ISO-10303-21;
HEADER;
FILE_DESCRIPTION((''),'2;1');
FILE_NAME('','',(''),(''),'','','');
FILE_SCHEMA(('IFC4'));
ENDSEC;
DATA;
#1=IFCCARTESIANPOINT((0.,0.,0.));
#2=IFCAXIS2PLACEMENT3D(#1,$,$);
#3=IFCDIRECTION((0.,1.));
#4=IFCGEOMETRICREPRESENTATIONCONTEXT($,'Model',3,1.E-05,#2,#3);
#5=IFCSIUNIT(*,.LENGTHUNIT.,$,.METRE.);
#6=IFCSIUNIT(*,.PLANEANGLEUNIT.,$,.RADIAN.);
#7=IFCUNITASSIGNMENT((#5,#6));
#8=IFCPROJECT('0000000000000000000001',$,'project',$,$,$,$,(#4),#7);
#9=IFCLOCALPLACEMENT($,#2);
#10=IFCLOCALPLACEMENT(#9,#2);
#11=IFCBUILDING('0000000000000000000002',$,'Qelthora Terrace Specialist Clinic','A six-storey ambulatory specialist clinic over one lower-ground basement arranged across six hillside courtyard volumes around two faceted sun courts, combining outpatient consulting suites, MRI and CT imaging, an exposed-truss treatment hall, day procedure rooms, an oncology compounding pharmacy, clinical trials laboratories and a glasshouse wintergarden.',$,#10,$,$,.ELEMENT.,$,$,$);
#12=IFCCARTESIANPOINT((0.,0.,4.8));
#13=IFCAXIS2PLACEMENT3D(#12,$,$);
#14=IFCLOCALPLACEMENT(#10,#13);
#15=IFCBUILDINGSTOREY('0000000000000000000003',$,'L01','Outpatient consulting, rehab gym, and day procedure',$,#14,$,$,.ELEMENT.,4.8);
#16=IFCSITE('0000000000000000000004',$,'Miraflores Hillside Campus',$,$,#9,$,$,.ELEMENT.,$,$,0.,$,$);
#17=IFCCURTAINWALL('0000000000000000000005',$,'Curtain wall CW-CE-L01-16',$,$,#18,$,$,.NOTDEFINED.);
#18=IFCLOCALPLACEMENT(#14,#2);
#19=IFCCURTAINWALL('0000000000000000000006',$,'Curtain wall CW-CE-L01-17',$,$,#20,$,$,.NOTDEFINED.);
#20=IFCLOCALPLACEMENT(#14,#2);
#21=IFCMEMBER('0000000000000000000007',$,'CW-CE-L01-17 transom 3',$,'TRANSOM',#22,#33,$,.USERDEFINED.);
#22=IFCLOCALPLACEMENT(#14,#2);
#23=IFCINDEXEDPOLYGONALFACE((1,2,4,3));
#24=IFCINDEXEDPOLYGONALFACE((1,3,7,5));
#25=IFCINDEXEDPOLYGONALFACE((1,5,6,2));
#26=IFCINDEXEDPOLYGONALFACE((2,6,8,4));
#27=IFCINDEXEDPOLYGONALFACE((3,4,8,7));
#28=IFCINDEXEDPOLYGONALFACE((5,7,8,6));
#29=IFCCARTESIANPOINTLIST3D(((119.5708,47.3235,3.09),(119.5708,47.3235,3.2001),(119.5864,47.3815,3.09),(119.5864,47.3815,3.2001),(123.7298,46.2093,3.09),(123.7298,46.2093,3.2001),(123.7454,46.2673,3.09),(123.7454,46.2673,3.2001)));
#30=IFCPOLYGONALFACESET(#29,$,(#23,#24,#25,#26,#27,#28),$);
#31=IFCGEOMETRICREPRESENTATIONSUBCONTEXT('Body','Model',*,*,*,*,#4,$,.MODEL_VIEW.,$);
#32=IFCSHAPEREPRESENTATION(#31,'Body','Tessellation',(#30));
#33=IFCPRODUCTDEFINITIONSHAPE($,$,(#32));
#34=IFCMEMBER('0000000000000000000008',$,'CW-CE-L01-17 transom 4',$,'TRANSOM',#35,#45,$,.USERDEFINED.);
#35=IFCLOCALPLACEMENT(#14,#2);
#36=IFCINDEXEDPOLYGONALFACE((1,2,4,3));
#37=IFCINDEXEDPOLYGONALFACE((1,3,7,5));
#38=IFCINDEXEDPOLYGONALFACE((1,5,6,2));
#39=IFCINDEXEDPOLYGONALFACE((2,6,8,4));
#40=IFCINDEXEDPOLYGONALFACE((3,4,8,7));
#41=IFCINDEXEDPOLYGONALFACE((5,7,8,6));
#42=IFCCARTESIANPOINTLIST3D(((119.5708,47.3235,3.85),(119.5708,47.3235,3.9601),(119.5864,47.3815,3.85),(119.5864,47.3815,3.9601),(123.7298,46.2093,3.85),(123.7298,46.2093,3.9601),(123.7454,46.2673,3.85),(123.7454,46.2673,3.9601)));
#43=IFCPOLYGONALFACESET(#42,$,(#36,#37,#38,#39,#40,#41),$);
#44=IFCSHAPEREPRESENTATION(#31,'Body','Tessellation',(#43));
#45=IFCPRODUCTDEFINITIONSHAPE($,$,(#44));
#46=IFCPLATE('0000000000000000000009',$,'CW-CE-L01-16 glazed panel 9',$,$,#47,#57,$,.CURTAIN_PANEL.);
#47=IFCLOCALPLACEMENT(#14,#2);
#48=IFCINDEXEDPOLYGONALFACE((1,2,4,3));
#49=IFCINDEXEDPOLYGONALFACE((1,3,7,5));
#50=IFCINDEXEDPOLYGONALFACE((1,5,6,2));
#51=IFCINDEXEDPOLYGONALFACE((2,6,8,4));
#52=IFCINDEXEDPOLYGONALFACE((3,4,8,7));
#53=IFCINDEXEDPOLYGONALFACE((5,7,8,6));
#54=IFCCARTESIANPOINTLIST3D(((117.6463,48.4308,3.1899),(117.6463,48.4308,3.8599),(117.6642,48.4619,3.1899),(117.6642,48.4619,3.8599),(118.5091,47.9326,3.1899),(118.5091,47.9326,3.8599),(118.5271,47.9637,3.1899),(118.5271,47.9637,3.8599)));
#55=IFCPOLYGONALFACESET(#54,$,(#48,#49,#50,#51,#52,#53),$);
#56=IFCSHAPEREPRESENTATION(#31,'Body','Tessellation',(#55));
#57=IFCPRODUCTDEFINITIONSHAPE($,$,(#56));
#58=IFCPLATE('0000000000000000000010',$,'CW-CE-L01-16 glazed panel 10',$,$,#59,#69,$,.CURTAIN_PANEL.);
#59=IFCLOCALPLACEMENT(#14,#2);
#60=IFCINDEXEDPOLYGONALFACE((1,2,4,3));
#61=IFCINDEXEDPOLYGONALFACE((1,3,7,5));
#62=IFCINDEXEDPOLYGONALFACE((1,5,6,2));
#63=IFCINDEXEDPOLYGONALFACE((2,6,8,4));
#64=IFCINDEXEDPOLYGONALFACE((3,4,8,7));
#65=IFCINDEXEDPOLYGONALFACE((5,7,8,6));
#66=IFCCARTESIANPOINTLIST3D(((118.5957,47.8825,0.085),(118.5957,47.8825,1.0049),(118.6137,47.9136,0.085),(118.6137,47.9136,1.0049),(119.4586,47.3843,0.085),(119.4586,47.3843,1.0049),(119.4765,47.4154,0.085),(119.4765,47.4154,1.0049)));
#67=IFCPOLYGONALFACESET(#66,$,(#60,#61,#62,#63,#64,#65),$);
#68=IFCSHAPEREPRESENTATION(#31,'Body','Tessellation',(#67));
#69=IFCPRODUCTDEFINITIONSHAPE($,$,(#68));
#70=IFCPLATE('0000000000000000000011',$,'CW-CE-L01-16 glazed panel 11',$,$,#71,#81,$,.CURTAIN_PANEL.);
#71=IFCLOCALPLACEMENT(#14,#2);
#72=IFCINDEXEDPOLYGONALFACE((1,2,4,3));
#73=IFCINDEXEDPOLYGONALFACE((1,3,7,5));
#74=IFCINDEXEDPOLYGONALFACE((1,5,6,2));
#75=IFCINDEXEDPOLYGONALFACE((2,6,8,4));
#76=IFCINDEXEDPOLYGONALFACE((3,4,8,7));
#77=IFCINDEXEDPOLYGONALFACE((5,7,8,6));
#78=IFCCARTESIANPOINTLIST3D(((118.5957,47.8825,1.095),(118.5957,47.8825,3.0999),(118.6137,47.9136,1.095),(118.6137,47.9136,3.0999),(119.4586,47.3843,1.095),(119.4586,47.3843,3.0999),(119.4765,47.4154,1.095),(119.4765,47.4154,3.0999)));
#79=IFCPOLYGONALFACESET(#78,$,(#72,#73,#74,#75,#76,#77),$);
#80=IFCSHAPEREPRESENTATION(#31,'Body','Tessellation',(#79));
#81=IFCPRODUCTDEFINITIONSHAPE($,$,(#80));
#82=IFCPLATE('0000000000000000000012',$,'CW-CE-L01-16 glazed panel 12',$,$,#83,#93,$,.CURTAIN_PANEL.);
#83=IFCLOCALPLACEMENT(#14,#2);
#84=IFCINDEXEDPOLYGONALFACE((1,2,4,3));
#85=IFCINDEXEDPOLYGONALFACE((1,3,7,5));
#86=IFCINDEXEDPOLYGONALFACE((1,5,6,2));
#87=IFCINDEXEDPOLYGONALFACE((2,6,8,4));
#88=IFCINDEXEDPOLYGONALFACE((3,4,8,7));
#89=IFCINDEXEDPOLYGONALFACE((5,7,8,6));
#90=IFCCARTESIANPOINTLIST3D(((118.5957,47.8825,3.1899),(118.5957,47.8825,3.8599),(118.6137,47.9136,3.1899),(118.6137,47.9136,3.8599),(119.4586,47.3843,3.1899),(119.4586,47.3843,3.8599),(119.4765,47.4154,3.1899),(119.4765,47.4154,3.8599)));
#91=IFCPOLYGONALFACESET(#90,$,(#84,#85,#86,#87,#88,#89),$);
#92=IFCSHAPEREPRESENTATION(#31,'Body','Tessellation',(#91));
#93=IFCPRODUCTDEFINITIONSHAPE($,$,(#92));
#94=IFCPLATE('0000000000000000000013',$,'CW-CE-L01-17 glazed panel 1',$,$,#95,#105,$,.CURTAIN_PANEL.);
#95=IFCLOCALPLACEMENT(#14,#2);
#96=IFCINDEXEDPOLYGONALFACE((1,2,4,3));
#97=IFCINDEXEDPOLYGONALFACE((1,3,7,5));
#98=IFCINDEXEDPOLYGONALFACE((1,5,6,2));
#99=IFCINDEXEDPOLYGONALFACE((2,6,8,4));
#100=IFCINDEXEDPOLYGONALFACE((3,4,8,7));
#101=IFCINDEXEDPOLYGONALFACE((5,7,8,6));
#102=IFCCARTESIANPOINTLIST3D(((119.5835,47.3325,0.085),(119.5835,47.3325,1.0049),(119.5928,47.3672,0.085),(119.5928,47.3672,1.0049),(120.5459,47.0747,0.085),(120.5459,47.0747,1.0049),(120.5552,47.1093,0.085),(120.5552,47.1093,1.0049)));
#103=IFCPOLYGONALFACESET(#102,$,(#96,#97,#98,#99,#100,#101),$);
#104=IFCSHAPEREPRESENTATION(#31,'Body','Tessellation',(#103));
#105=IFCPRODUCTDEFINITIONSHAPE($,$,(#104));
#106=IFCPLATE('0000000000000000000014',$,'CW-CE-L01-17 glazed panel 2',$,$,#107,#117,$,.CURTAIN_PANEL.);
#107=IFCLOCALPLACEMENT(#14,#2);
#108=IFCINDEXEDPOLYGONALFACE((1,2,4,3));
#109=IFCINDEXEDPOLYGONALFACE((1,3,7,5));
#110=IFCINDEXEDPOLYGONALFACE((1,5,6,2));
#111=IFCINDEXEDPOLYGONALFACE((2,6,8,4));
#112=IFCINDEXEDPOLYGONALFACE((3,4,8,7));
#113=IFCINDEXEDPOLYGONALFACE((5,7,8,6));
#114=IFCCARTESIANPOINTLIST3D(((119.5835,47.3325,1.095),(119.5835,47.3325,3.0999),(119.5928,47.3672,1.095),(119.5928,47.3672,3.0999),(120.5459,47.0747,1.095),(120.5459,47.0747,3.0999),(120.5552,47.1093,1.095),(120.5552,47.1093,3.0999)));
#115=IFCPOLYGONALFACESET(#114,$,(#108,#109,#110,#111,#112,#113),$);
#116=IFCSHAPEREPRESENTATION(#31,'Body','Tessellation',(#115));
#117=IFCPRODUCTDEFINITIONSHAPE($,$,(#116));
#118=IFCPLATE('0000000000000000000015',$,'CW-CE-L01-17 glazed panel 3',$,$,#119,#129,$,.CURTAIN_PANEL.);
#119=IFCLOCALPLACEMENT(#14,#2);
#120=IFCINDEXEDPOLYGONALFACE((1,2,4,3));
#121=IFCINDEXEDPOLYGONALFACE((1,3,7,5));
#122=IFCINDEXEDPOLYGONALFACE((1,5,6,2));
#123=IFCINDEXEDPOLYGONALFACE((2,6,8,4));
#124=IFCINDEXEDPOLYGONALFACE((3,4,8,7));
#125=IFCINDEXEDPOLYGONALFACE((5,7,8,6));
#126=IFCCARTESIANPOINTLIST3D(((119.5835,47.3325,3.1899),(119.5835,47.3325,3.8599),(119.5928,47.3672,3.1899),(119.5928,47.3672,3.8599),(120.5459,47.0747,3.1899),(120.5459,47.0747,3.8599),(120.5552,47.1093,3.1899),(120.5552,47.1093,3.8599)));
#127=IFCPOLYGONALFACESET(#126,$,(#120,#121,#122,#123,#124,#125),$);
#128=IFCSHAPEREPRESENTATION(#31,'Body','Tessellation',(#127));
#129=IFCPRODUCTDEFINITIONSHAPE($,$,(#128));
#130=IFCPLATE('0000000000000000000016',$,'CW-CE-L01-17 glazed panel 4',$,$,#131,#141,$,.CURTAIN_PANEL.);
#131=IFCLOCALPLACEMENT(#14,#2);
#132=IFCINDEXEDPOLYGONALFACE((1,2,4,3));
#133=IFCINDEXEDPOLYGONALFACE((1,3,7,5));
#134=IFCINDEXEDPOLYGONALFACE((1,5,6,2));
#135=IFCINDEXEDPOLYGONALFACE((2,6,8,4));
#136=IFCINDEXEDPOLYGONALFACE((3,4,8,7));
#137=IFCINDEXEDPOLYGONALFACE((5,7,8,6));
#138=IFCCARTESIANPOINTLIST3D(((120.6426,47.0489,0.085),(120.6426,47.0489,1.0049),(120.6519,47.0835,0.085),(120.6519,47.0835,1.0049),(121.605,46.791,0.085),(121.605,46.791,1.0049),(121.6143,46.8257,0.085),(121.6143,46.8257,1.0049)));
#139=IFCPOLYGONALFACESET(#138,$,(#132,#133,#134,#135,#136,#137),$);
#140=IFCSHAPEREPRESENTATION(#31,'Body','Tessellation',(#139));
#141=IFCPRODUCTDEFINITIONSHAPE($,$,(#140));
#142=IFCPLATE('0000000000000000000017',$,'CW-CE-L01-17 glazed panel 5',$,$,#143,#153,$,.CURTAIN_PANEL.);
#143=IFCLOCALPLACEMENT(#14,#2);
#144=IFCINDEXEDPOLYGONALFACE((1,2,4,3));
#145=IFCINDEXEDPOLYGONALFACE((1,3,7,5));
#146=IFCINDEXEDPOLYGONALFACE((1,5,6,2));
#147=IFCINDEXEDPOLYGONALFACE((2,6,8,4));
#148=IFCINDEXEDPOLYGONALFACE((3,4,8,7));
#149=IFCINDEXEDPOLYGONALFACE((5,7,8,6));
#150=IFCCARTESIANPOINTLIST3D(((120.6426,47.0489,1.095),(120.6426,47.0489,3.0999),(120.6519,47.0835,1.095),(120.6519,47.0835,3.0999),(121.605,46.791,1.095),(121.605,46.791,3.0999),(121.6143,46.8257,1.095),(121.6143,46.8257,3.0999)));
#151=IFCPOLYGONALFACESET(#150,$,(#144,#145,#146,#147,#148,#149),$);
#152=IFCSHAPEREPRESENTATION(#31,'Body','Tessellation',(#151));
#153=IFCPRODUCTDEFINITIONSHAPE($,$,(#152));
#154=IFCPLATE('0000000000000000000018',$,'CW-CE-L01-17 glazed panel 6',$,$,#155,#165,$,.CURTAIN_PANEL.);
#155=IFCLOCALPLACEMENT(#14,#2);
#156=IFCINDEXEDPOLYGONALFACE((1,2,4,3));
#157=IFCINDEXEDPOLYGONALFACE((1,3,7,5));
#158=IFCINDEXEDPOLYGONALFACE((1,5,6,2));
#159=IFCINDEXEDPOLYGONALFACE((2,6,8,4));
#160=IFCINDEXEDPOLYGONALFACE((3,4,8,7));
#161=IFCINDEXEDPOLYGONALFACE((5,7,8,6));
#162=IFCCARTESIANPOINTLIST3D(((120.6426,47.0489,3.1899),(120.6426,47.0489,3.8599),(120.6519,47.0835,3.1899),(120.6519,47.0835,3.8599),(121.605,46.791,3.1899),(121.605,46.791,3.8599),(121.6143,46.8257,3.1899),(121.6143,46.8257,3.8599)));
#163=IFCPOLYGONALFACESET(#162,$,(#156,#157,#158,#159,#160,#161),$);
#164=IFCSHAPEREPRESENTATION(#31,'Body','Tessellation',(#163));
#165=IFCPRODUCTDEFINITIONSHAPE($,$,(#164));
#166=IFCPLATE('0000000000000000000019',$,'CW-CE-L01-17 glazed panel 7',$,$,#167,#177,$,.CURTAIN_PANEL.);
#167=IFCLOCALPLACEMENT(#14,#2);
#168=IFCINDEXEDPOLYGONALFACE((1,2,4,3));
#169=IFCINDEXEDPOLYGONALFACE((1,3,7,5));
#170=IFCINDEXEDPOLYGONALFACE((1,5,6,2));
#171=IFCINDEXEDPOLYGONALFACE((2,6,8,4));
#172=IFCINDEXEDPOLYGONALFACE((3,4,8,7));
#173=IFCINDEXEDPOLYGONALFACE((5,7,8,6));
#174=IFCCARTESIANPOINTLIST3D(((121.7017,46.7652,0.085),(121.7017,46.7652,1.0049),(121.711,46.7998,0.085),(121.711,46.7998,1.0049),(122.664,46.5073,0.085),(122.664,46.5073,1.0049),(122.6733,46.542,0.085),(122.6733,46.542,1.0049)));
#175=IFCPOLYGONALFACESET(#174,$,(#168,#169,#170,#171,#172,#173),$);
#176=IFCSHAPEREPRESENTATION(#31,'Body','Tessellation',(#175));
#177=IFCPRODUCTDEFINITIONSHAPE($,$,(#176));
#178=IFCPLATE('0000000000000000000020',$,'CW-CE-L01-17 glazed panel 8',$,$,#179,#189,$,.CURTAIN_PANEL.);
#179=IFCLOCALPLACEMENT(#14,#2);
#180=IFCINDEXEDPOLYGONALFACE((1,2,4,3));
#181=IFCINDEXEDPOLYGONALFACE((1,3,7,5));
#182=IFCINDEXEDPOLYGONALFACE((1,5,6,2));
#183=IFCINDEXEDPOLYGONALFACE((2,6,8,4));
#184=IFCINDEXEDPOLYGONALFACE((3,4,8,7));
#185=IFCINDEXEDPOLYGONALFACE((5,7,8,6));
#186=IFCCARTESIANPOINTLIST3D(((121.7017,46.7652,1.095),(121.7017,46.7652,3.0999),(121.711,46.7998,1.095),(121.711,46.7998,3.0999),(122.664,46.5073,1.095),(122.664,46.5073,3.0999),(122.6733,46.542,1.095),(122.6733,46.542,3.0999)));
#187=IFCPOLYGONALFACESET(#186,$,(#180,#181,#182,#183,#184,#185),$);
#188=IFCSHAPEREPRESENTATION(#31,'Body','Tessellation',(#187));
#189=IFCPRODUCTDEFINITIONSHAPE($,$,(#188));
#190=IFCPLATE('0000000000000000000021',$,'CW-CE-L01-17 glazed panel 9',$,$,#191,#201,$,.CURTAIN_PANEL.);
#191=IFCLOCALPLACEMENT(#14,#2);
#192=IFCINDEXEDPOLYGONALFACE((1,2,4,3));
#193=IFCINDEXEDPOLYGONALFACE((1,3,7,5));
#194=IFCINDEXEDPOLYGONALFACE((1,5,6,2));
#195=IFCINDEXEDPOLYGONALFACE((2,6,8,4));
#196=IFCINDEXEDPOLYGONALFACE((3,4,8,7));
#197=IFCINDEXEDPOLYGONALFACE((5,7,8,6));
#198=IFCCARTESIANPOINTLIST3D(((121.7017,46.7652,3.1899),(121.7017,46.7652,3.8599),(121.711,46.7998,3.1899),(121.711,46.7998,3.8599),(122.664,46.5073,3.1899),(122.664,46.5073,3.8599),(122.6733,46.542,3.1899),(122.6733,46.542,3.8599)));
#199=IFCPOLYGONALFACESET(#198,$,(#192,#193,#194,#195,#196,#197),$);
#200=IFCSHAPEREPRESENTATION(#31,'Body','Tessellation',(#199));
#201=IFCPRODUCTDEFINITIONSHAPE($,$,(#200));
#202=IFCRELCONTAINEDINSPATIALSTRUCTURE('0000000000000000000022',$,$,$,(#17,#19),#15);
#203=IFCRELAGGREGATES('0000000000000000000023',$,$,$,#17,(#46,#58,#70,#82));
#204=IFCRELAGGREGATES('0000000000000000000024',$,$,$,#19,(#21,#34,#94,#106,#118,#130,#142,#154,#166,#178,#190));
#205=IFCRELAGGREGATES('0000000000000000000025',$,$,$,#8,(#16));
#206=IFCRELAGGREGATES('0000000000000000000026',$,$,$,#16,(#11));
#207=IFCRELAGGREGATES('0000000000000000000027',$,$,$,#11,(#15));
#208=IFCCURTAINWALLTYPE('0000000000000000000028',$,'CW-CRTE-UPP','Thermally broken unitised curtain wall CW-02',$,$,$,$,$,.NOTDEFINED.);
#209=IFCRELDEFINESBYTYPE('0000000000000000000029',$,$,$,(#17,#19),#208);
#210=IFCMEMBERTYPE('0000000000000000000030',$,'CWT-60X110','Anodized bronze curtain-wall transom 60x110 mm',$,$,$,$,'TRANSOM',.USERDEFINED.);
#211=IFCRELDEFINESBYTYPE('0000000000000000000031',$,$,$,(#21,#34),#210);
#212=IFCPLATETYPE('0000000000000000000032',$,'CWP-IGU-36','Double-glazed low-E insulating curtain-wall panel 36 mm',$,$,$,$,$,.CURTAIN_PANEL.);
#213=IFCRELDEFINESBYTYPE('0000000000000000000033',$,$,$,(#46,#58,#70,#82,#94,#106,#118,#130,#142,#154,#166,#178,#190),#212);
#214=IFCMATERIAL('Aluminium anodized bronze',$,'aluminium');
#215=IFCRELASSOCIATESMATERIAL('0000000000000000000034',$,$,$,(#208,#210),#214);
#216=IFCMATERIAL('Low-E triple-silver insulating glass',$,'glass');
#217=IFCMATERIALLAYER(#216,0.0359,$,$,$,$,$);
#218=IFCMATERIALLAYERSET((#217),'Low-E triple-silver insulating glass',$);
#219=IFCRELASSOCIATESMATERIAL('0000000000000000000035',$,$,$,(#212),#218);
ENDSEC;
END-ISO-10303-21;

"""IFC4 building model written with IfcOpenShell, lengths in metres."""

from ifc_helpers import new_model, si_unit, direction, frame, origin, origin_2d, place, context, subcontext, project, spatial, rectangle, extrude, material, layer, layer_set, material_profile, profile_set, type_object, element, aggregate, save


model = new_model("IFC4")

# Units and contexts
model_context = context("Model", 3, precision=1e-05, world=origin(), true_north=direction((0.0, 1.0)))
body_context = subcontext(model_context, "Body", "Model", "MODEL_VIEW")
ifc_project = project(units=[si_unit("LENGTHUNIT", "METRE"), si_unit("PLANEANGLEUNIT", "RADIAN")], contexts=[model_context])

# Site, building, storey
site_placement = place(None, origin())
site = spatial("IfcSite", under=ifc_project, at=site_placement, Name="Miraflores Hillside Campus", CompositionType="ELEMENT", RefElevation=0.0)
building_placement = place(site_placement, origin())
building = spatial("IfcBuilding", under=site, at=building_placement, Name="Qelthora Terrace Specialist Clinic", Description="A six-storey ambulatory specialist clinic over one lower-ground basement arranged across six hillside courtyard volumes around two faceted sun courts, combining outpatient consulting suites, MRI and CT imaging, an exposed-truss treatment hall, day procedure rooms, an oncology compounding pharmacy, clinical trials laboratories and a glasshouse wintergarden.", CompositionType="ELEMENT")
storey_placement = place(building_placement, frame((0.0, 0.0, 4.8)))
storey = spatial("IfcBuildingStorey", under=building, at=storey_placement, Name="L01", Description="Outpatient consulting, rehab gym, and day procedure", CompositionType="ELEMENT", Elevation=4.8)

# Curtain walls, members
ifc_material_1 = material(Name="Aluminium anodized bronze", Category="aluminium")
curtain_wall_type = type_object("IfcCurtainWallType", Name="CW-CRTE-UPP", Description="Thermally broken unitised curtain wall CW-02", PredefinedType="NOTDEFINED", material=ifc_material_1)
curtain_wall_1_placement = place(storey_placement, origin())
curtain_wall_1 = element("IfcCurtainWall", 1, at=curtain_wall_1_placement, inside=storey, type_object=curtain_wall_type, Name="Curtain wall CW-CE-L01-16", PredefinedType="NOTDEFINED")
curtain_wall_2_placement = place(storey_placement, origin())
curtain_wall_2 = element("IfcCurtainWall", 2, at=curtain_wall_2_placement, inside=storey, type_object=curtain_wall_type, Name="Curtain wall CW-CE-L01-17", PredefinedType="NOTDEFINED")
ifc_material_profile_1 = material_profile(ifc_material_1, rectangle(XDim=0.0601, YDim=0.1101, at=origin_2d()), Name="CWT60X110")
ifc_profile_set_1 = profile_set([ifc_material_profile_1], Name="Aluminium anodized bronze")
member_type_1 = type_object("IfcMemberType", Name="CWT-60X110", Description="Anodized bronze curtain-wall transom 60x110 mm", ElementType="TRANSOM", PredefinedType="USERDEFINED", material=ifc_profile_set_1)
member_1_placement = place(storey_placement, frame((119.5786, 47.3525, 3.145), z_axis=(0.965933, -0.258792, 0.0), x_axis=(0.258792, 0.965933, 0.0)))
member_1 = element("IfcMember", 3, at=member_1_placement, type_object=member_type_1, Name="CW-CE-L01-17 transom 3", ObjectType="TRANSOM", PredefinedType="USERDEFINED", context=body_context, shape_type="SweptSolid", body=[
    extrude(rectangle(XDim=0.0601, YDim=0.1101, at=origin_2d()), origin(), (0.0, 0.0, 1.0), 4.3057),
])
member_2_placement = place(storey_placement, frame((119.5786, 47.3525, 3.905), z_axis=(0.965933, -0.258792, 0.0), x_axis=(0.258792, 0.965933, 0.0)))
member_2 = element("IfcMember", 4, at=member_2_placement, type_object=member_type_1, Name="CW-CE-L01-17 transom 4", ObjectType="TRANSOM", PredefinedType="USERDEFINED", context=body_context, shape_type="SweptSolid", body=[
    extrude(rectangle(XDim=0.0601, YDim=0.1101, at=origin_2d()), origin(), (0.0, 0.0, 1.0), 4.3057),
])

# Plates
ifc_material_2 = material(Name="Low-E triple-silver insulating glass", Category="glass")
ifc_layer_1 = layer(ifc_material_2, 0.0359)
ifc_layer_set_1 = layer_set([ifc_layer_1], Name="Low-E triple-silver insulating glass")
plate_type = type_object("IfcPlateType", Name="CWP-IGU-36", Description="Double-glazed low-E insulating curtain-wall panel 36 mm", PredefinedType="CURTAIN_PANEL", material=ifc_layer_set_1)
plate_1_placement = place(storey_placement, frame((118.0867, 48.1973, 3.1899), z_axis=(0.0, 0.0, 1.0), x_axis=(0.866025, -0.5, 0.0)))
plate_1 = element("IfcPlate", 5, at=plate_1_placement, type_object=plate_type, Name="CW-CE-L01-16 glazed panel 9", PredefinedType="CURTAIN_PANEL", context=body_context, shape_type="SweptSolid", body=[
    extrude(rectangle(XDim=0.9963, YDim=0.0359, at=origin_2d()), origin(), (0.0, 0.0, 1.0), 0.6699),
])
plate_2_placement = place(storey_placement, frame((119.0361, 47.6489, 0.085), z_axis=(0.0, 0.0, 1.0), x_axis=(0.866025, -0.5, 0.0)))
plate_2 = element("IfcPlate", 6, at=plate_2_placement, type_object=plate_type, Name="CW-CE-L01-16 glazed panel 10", PredefinedType="CURTAIN_PANEL", context=body_context, shape_type="SweptSolid", body=[
    extrude(rectangle(XDim=0.9963, YDim=0.0359, at=origin_2d()), origin(), (0.0, 0.0, 1.0), 0.9199),
])
plate_3_placement = place(storey_placement, frame((119.0361, 47.6489, 1.095), z_axis=(0.0, 0.0, 1.0), x_axis=(0.866025, -0.5, 0.0)))
plate_3 = element("IfcPlate", 7, at=plate_3_placement, type_object=plate_type, Name="CW-CE-L01-16 glazed panel 11", PredefinedType="CURTAIN_PANEL", context=body_context, shape_type="SweptSolid", body=[
    extrude(rectangle(XDim=0.9963, YDim=0.0359, at=origin_2d()), origin(), (0.0, 0.0, 1.0), 2.0049),
])
plate_4_placement = place(storey_placement, frame((119.0361, 47.6489, 3.1899), z_axis=(0.0, 0.0, 1.0), x_axis=(0.866025, -0.5, 0.0)))
plate_4 = element("IfcPlate", 8, at=plate_4_placement, type_object=plate_type, Name="CW-CE-L01-16 glazed panel 12", PredefinedType="CURTAIN_PANEL", context=body_context, shape_type="SweptSolid", body=[
    extrude(rectangle(XDim=0.9963, YDim=0.0359, at=origin_2d()), origin(), (0.0, 0.0, 1.0), 0.6699),
])
aggregate(curtain_wall_1, [plate_1, plate_2, plate_3, plate_4])
plate_5_placement = place(storey_placement, frame((120.0693, 47.2209, 0.085), z_axis=(0.0, 0.0, 1.0), x_axis=(0.965926, -0.258819, 0.0)))
plate_5 = element("IfcPlate", 9, at=plate_5_placement, type_object=plate_type, Name="CW-CE-L01-17 glazed panel 1", PredefinedType="CURTAIN_PANEL", context=body_context, shape_type="SweptSolid", body=[
    extrude(rectangle(XDim=0.9963, YDim=0.0359, at=origin_2d()), origin(), (0.0, 0.0, 1.0), 0.9199),
])
plate_6_placement = place(storey_placement, frame((120.0693, 47.2209, 1.095), z_axis=(0.0, 0.0, 1.0), x_axis=(0.965926, -0.258819, 0.0)))
plate_6 = element("IfcPlate", 10, at=plate_6_placement, type_object=plate_type, Name="CW-CE-L01-17 glazed panel 2", PredefinedType="CURTAIN_PANEL", context=body_context, shape_type="SweptSolid", body=[
    extrude(rectangle(XDim=0.9963, YDim=0.0359, at=origin_2d()), origin(), (0.0, 0.0, 1.0), 2.0049),
])
plate_7_placement = place(storey_placement, frame((120.0693, 47.2209, 3.1899), z_axis=(0.0, 0.0, 1.0), x_axis=(0.965926, -0.258819, 0.0)))
plate_7 = element("IfcPlate", 11, at=plate_7_placement, type_object=plate_type, Name="CW-CE-L01-17 glazed panel 3", PredefinedType="CURTAIN_PANEL", context=body_context, shape_type="SweptSolid", body=[
    extrude(rectangle(XDim=0.9963, YDim=0.0359, at=origin_2d()), origin(), (0.0, 0.0, 1.0), 0.6699),
])
plate_8_placement = place(storey_placement, frame((121.1284, 46.9373, 0.085), z_axis=(0.0, 0.0, 1.0), x_axis=(0.965926, -0.258819, 0.0)))
plate_8 = element("IfcPlate", 12, at=plate_8_placement, type_object=plate_type, Name="CW-CE-L01-17 glazed panel 4", PredefinedType="CURTAIN_PANEL", context=body_context, shape_type="SweptSolid", body=[
    extrude(rectangle(XDim=0.9963, YDim=0.0359, at=origin_2d()), origin(), (0.0, 0.0, 1.0), 0.9199),
])
plate_9_placement = place(storey_placement, frame((121.1284, 46.9373, 1.095), z_axis=(0.0, 0.0, 1.0), x_axis=(0.965926, -0.258819, 0.0)))
plate_9 = element("IfcPlate", 13, at=plate_9_placement, type_object=plate_type, Name="CW-CE-L01-17 glazed panel 5", PredefinedType="CURTAIN_PANEL", context=body_context, shape_type="SweptSolid", body=[
    extrude(rectangle(XDim=0.9963, YDim=0.0359, at=origin_2d()), origin(), (0.0, 0.0, 1.0), 2.0049),
])
plate_10_placement = place(storey_placement, frame((121.1284, 46.9373, 3.1899), z_axis=(0.0, 0.0, 1.0), x_axis=(0.965926, -0.258819, 0.0)))
plate_10 = element("IfcPlate", 14, at=plate_10_placement, type_object=plate_type, Name="CW-CE-L01-17 glazed panel 6", PredefinedType="CURTAIN_PANEL", context=body_context, shape_type="SweptSolid", body=[
    extrude(rectangle(XDim=0.9963, YDim=0.0359, at=origin_2d()), origin(), (0.0, 0.0, 1.0), 0.6699),
])
plate_11_placement = place(storey_placement, frame((122.1875, 46.6536, 0.085), z_axis=(0.0, 0.0, 1.0), x_axis=(0.965926, -0.258819, 0.0)))
plate_11 = element("IfcPlate", 15, at=plate_11_placement, type_object=plate_type, Name="CW-CE-L01-17 glazed panel 7", PredefinedType="CURTAIN_PANEL", context=body_context, shape_type="SweptSolid", body=[
    extrude(rectangle(XDim=0.9963, YDim=0.0359, at=origin_2d()), origin(), (0.0, 0.0, 1.0), 0.9199),
])
plate_12_placement = place(storey_placement, frame((122.1875, 46.6536, 1.095), z_axis=(0.0, 0.0, 1.0), x_axis=(0.965926, -0.258819, 0.0)))
plate_12 = element("IfcPlate", 16, at=plate_12_placement, type_object=plate_type, Name="CW-CE-L01-17 glazed panel 8", PredefinedType="CURTAIN_PANEL", context=body_context, shape_type="SweptSolid", body=[
    extrude(rectangle(XDim=0.9963, YDim=0.0359, at=origin_2d()), origin(), (0.0, 0.0, 1.0), 2.0049),
])
plate_13_placement = place(storey_placement, frame((122.1875, 46.6536, 3.1899), z_axis=(0.0, 0.0, 1.0), x_axis=(0.965926, -0.258819, 0.0)))
plate_13 = element("IfcPlate", 17, at=plate_13_placement, type_object=plate_type, Name="CW-CE-L01-17 glazed panel 9", PredefinedType="CURTAIN_PANEL", context=body_context, shape_type="SweptSolid", body=[
    extrude(rectangle(XDim=0.9963, YDim=0.0359, at=origin_2d()), origin(), (0.0, 0.0, 1.0), 0.6699),
])
aggregate(curtain_wall_2, [member_1, member_2, plate_5, plate_6, plate_7, plate_8, plate_9, plate_10, plate_11, plate_12, plate_13])

save(model, "model.ifc")
